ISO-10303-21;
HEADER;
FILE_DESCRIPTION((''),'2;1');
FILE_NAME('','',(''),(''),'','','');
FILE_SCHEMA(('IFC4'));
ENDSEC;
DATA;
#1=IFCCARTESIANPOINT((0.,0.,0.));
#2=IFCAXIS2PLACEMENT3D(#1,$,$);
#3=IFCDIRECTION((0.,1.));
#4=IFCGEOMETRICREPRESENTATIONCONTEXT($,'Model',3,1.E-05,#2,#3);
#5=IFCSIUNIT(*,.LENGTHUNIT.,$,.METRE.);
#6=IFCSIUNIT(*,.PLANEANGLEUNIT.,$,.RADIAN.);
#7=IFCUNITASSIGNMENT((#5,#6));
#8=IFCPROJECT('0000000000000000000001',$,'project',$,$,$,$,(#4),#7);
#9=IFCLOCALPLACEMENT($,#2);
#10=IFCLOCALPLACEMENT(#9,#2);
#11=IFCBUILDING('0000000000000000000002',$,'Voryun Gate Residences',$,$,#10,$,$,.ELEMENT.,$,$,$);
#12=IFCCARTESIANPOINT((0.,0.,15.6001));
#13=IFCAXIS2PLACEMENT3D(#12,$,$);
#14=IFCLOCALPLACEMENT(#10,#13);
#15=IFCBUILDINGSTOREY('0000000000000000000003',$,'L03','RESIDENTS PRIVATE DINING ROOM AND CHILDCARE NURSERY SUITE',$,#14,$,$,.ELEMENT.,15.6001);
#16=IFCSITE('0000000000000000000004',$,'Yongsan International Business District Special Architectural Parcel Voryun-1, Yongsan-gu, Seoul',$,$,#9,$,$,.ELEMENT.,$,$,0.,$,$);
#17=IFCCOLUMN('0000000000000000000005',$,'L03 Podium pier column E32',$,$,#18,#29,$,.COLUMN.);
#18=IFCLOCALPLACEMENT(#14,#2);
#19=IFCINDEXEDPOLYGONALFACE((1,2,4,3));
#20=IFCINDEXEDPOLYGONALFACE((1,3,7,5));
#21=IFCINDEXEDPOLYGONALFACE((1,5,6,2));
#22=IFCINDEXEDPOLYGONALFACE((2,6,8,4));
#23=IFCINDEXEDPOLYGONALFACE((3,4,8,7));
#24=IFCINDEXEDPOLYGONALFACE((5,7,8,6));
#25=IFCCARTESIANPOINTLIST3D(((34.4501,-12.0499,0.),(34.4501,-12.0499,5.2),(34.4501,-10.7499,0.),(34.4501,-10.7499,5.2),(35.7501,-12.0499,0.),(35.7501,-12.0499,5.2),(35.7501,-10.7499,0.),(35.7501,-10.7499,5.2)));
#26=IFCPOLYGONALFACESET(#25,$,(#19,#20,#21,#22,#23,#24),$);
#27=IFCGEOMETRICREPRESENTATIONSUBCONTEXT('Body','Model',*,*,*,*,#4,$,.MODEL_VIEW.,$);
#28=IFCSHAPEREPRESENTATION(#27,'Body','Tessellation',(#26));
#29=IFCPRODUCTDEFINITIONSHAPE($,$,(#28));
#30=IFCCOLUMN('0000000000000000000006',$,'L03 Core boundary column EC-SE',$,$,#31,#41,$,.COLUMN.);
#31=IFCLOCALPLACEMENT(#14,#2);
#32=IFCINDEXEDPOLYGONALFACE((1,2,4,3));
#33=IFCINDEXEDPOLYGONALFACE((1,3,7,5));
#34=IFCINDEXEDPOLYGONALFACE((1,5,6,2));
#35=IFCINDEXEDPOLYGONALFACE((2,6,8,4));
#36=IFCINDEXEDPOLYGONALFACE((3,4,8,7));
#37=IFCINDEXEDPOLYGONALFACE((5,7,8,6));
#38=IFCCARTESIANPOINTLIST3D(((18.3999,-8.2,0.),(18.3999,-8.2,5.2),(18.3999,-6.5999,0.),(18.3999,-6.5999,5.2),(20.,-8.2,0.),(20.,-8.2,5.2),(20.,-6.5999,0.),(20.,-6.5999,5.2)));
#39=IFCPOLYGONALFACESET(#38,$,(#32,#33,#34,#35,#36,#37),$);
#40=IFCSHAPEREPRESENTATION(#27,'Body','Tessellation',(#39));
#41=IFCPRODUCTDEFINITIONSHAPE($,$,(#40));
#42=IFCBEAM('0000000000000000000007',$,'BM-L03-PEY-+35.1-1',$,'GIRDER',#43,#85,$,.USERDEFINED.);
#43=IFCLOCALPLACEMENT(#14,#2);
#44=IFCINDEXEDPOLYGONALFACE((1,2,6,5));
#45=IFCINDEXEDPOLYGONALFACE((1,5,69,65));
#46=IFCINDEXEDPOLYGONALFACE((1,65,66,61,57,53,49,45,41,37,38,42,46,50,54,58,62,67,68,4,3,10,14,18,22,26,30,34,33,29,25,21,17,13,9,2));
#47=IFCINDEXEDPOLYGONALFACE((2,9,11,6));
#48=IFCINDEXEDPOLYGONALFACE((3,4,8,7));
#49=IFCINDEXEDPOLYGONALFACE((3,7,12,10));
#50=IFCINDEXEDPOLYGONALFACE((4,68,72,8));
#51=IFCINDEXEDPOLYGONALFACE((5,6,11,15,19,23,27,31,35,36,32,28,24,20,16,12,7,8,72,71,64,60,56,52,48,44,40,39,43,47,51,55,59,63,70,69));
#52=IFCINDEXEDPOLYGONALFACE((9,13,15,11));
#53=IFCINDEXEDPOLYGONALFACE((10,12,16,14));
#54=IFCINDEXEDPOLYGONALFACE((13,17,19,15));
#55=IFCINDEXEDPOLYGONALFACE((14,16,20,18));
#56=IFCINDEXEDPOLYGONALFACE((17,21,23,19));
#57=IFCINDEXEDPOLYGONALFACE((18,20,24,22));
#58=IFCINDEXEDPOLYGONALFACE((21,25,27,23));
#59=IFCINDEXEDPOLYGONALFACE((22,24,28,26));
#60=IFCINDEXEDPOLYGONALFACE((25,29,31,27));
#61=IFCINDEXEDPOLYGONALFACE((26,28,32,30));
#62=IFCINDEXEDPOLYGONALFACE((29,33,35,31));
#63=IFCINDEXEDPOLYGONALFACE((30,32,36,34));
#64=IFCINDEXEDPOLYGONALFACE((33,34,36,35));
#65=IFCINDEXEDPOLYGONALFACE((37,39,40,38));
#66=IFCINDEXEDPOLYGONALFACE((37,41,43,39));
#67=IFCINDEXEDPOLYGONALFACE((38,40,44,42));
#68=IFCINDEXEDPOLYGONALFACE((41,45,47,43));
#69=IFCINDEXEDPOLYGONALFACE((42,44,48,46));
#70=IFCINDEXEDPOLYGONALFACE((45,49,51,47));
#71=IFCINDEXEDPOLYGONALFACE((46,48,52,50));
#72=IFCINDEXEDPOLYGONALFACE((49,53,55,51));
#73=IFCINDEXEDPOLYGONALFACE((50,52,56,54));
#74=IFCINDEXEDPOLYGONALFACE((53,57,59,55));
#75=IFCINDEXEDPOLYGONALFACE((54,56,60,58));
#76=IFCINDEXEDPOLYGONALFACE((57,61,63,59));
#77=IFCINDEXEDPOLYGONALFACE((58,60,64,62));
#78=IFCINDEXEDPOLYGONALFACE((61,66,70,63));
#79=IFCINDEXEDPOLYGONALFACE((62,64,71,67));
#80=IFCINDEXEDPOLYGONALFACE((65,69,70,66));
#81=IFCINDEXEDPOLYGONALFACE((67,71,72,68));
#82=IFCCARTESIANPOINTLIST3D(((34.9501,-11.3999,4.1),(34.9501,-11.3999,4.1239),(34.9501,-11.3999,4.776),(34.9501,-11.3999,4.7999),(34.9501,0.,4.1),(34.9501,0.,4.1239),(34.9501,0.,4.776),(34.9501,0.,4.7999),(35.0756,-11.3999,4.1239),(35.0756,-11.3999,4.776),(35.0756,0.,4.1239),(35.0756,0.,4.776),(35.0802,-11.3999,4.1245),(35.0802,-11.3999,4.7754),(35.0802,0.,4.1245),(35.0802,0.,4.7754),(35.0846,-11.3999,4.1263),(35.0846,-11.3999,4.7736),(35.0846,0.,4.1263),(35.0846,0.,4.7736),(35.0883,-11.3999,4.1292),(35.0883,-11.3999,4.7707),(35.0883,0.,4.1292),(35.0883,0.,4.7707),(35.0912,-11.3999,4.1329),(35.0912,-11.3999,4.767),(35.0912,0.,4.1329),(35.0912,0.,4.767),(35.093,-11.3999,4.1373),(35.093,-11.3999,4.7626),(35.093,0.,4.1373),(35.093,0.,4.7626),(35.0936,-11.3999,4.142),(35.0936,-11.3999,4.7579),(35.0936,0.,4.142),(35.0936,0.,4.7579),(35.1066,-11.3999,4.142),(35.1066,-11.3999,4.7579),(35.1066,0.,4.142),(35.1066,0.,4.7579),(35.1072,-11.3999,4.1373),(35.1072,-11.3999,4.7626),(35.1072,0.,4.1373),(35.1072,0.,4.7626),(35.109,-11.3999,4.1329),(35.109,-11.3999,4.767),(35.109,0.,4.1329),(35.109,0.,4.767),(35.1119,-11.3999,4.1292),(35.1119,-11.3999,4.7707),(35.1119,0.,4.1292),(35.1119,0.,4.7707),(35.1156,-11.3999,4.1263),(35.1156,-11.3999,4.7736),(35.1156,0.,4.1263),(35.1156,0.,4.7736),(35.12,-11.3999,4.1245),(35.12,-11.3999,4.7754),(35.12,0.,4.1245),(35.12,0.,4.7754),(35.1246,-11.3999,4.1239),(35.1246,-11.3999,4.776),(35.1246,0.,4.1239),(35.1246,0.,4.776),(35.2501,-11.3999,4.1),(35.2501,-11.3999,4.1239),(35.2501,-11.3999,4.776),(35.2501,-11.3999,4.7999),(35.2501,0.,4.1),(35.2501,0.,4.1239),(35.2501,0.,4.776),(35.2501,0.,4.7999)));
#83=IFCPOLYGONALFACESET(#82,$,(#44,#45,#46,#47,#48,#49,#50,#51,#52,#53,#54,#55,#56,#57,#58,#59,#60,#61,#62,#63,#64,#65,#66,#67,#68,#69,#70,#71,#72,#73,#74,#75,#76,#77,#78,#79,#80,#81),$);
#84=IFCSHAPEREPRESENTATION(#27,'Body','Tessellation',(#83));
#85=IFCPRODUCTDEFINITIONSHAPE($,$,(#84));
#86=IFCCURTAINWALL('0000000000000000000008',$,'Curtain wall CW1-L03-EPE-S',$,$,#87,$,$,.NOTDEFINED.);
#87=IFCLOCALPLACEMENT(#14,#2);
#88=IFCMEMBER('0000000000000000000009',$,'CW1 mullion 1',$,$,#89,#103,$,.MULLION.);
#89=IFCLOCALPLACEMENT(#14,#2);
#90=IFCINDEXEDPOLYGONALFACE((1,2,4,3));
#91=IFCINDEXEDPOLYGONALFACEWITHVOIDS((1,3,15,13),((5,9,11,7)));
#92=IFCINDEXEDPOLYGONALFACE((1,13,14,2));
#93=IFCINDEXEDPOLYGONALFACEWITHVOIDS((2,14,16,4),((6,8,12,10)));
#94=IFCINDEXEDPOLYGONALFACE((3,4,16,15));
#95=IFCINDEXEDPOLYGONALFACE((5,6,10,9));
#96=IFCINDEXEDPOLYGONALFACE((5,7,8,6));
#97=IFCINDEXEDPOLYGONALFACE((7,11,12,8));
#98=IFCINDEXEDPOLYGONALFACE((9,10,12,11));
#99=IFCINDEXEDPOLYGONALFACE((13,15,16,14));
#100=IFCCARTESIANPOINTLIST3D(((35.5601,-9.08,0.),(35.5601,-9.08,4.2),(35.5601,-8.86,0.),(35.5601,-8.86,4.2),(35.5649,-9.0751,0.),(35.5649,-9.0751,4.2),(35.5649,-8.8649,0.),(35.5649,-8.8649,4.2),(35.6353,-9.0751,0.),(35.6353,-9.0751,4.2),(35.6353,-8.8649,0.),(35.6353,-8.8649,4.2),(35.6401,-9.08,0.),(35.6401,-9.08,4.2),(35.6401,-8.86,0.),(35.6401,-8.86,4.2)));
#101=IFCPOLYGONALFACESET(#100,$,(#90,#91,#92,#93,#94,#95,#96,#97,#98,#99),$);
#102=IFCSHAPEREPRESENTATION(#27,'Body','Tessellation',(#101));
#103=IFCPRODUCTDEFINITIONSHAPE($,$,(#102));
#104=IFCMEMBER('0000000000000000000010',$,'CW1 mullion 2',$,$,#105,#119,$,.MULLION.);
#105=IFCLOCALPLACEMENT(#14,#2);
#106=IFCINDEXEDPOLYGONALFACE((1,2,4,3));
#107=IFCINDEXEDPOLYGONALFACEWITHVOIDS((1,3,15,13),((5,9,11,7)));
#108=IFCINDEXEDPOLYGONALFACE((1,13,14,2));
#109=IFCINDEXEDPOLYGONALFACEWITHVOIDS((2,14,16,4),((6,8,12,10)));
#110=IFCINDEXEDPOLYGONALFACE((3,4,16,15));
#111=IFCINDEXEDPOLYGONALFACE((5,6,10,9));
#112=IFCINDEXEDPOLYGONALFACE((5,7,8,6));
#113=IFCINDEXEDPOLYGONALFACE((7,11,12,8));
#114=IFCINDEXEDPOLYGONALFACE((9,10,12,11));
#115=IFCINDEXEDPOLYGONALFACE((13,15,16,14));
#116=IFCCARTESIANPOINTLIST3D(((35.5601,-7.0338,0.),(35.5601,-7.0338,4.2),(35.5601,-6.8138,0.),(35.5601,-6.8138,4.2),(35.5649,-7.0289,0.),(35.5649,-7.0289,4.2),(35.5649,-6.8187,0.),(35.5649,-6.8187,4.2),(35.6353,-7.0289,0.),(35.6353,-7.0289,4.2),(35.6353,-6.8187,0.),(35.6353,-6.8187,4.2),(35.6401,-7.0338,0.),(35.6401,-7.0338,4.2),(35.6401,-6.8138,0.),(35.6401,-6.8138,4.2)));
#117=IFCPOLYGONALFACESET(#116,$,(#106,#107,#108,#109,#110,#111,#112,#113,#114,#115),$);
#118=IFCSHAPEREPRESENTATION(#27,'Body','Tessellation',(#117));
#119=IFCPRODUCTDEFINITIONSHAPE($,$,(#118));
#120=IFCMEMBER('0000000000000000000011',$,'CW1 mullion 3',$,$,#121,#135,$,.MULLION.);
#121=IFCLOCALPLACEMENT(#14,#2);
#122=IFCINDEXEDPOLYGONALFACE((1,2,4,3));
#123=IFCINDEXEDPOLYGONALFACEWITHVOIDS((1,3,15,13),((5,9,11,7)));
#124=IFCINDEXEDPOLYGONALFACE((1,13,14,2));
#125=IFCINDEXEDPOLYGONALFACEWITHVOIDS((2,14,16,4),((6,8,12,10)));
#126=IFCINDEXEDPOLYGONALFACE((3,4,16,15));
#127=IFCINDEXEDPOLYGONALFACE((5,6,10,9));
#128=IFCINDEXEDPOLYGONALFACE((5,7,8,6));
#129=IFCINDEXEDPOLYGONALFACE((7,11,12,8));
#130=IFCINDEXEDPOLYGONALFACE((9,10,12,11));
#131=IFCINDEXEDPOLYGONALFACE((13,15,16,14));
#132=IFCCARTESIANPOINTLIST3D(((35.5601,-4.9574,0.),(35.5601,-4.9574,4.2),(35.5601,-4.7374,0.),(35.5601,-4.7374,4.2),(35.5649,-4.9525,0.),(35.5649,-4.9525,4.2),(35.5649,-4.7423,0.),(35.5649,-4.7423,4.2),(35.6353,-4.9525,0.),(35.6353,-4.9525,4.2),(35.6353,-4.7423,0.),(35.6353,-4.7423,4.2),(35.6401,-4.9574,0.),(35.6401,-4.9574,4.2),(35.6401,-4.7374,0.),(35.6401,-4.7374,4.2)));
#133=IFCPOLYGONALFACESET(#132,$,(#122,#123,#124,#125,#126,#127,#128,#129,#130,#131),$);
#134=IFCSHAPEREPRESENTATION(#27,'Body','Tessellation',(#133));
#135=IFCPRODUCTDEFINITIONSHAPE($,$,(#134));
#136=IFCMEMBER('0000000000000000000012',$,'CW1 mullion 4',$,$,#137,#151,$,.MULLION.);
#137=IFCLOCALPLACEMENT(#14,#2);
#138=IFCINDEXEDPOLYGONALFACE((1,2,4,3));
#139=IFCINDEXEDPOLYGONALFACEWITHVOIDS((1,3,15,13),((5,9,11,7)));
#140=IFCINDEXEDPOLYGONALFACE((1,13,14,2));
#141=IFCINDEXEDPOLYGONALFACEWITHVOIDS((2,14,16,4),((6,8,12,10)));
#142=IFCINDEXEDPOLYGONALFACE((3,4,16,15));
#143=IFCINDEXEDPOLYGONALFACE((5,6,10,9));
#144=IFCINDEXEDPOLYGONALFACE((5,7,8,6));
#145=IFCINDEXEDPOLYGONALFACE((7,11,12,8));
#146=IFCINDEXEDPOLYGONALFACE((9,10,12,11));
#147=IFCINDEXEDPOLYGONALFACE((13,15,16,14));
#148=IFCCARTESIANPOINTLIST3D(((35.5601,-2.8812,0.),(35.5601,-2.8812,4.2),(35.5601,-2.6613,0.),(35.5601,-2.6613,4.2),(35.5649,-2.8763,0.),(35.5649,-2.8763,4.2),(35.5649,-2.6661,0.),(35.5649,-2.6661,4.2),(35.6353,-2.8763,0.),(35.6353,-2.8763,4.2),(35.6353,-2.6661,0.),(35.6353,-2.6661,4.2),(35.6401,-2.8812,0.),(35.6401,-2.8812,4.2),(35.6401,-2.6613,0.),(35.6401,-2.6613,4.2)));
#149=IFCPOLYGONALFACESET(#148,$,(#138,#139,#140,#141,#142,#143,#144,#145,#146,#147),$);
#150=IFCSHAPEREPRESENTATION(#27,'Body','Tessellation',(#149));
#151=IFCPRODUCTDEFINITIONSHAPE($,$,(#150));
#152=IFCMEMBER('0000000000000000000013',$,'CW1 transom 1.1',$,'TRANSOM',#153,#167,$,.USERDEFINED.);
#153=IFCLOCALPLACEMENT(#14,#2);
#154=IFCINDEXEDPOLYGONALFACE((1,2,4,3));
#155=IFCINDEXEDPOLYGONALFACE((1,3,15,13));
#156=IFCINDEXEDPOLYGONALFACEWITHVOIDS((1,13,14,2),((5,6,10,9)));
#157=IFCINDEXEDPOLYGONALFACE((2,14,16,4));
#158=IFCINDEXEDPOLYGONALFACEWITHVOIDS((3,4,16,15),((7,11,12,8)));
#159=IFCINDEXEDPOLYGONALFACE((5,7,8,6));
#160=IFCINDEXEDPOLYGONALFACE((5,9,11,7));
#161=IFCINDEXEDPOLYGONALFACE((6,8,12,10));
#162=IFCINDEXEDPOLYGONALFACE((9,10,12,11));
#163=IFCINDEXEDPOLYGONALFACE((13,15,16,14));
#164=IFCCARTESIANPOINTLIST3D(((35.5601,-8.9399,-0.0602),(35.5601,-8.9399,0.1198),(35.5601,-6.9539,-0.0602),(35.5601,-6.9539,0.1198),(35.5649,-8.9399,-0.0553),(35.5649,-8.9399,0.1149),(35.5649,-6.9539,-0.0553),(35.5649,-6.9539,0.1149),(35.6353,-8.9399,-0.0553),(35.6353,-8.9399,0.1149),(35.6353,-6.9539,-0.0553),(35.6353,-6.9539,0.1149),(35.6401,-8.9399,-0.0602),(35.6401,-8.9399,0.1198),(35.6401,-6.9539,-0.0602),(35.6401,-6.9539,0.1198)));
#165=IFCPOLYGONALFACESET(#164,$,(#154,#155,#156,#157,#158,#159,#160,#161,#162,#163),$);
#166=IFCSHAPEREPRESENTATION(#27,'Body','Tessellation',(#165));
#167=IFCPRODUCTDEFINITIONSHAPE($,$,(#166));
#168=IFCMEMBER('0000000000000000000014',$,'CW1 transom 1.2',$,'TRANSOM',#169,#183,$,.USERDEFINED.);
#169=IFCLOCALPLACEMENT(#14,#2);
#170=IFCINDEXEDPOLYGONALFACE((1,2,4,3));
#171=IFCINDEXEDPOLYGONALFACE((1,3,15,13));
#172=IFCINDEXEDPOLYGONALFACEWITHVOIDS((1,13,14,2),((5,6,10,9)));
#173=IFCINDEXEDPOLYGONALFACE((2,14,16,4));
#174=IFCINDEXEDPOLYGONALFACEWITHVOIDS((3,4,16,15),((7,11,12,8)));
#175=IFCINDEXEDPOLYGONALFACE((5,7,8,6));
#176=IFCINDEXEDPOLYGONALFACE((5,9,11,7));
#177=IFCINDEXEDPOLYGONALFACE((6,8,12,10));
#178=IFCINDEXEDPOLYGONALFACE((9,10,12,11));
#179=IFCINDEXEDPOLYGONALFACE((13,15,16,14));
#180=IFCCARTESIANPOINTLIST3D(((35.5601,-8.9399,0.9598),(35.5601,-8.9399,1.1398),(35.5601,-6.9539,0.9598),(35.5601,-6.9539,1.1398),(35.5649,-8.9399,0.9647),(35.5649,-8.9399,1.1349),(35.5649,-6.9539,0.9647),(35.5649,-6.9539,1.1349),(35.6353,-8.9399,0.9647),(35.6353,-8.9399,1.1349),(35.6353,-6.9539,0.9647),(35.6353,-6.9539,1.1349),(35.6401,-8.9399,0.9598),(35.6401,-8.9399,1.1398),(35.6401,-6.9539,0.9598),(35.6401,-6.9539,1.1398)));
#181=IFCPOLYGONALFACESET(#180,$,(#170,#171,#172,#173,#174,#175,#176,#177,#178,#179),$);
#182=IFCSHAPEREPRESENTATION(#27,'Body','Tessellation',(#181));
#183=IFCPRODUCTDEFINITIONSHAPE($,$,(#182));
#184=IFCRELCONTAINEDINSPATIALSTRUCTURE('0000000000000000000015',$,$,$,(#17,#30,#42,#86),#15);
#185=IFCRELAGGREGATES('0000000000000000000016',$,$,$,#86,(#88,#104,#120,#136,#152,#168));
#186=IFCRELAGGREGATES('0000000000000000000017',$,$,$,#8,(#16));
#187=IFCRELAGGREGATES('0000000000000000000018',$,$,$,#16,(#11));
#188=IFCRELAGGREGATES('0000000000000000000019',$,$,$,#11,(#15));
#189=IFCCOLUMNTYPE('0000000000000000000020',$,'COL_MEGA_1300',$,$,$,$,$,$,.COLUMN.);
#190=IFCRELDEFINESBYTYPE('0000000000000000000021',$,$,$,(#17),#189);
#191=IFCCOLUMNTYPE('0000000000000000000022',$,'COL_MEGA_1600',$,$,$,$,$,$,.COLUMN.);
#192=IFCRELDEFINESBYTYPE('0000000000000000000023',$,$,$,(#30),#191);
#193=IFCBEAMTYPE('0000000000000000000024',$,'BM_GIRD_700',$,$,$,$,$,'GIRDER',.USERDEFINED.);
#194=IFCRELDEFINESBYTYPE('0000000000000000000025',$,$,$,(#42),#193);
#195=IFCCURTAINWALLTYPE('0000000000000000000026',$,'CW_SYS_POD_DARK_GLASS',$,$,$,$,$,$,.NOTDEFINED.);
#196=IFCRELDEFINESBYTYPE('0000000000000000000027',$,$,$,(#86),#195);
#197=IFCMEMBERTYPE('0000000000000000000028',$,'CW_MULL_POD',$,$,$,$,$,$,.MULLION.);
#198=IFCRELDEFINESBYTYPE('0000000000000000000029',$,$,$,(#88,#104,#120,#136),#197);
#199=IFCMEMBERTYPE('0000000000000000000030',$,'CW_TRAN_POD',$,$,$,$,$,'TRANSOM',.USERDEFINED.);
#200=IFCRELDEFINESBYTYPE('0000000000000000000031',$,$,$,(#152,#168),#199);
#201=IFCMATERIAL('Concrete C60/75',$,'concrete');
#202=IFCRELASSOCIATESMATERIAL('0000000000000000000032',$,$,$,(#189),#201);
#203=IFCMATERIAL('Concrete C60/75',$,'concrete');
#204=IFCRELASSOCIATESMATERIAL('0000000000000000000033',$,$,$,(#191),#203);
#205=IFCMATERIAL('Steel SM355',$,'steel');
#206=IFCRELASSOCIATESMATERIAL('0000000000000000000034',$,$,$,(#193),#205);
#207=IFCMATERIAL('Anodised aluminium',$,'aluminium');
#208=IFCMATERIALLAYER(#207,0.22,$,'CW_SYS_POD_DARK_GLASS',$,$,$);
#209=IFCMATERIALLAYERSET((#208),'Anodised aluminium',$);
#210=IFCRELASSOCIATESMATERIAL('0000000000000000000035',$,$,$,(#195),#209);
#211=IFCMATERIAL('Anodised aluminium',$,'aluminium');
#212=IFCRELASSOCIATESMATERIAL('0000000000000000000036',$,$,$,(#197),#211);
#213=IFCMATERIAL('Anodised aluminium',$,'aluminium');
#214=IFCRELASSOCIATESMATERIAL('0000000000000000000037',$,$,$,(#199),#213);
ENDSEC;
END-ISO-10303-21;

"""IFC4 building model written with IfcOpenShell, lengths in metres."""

from ifc_helpers import new_model, si_unit, direction, frame, origin, origin_2d, place, context, subcontext, project, spatial, rectangle, hollow_rectangle, i_section, extrude, material, layer, layer_set, material_profile, profile_set, type_object, element, aggregate, save


model = new_model("IFC4")

# Units and contexts
model_context = context("Model", 3, precision=1e-05, world=origin(), true_north=direction((0.0, 1.0)))
body_context = subcontext(model_context, "Body", "Model", "MODEL_VIEW")
ifc_project = project(units=[si_unit("LENGTHUNIT", "METRE"), si_unit("PLANEANGLEUNIT", "RADIAN")], contexts=[model_context])

# Site, building, storey
site_placement = place(None, origin())
site = spatial("IfcSite", under=ifc_project, at=site_placement, Name="Yongsan International Business District Special Architectural Parcel Voryun-1, Yongsan-gu, Seoul", CompositionType="ELEMENT", RefElevation=0.0)
building_placement = place(site_placement, origin())
building = spatial("IfcBuilding", under=site, at=building_placement, Name="Voryun Gate Residences", CompositionType="ELEMENT")
storey_placement = place(building_placement, frame((0.0, 0.0, 15.6001)))
storey = spatial("IfcBuildingStorey", under=building, at=storey_placement, Name="L03", Description="RESIDENTS PRIVATE DINING ROOM AND CHILDCARE NURSERY SUITE", CompositionType="ELEMENT", Elevation=15.6001)

# Columns
ifc_material_1 = material(Name="Concrete C60/75", Category="concrete")
ifc_material_profile_1 = material_profile(ifc_material_1, rectangle(XDim=1.3, YDim=1.3, at=origin_2d()), Name="RC-1300x1300")
ifc_profile_set_1 = profile_set([ifc_material_profile_1], Name="Concrete C60/75")
column_type_1 = type_object("IfcColumnType", Name="COL_MEGA_1300", PredefinedType="COLUMN", material=ifc_profile_set_1)
column_1_placement = place(storey_placement, frame((35.1001, -11.3999, 0.0), z_axis=(0.0, 0.0, 1.0), x_axis=(1.0, 0.0, 0.0)))
element("IfcColumn", 1, at=column_1_placement, inside=storey, type_object=column_type_1, Name="L03 Podium pier column E32", PredefinedType="COLUMN", context=body_context, shape_type="SweptSolid", body=[
    extrude(rectangle(XDim=1.3, YDim=1.3, at=origin_2d()), origin(), (0.0, 0.0, 1.0), 5.2),
])
ifc_material_2 = material(Name="Concrete C60/75", Category="concrete")
ifc_material_profile_2 = material_profile(ifc_material_2, rectangle(XDim=1.6001, YDim=1.6001, at=origin_2d()), Name="RC-1600x1600")
ifc_profile_set_2 = profile_set([ifc_material_profile_2], Name="Concrete C60/75")
column_type_2 = type_object("IfcColumnType", Name="COL_MEGA_1600", PredefinedType="COLUMN", material=ifc_profile_set_2)
column_2_placement = place(storey_placement, frame((19.2, -7.3999, 0.0), z_axis=(0.0, 0.0, 1.0), x_axis=(1.0, 0.0, 0.0)))
element("IfcColumn", 2, at=column_2_placement, inside=storey, type_object=column_type_2, Name="L03 Core boundary column EC-SE", PredefinedType="COLUMN", context=body_context, shape_type="SweptSolid", body=[
    extrude(rectangle(XDim=1.6001, YDim=1.6001, at=origin_2d()), origin(), (0.0, 0.0, 1.0), 5.2),
])

# Beam
ifc_material_3 = material(Name="Steel SM355", Category="steel")
ifc_material_profile_3 = material_profile(ifc_material_3, i_section(OverallWidth=0.3, OverallDepth=0.7, WebThickness=0.0129, FlangeThickness=0.0239, FilletRadius=0.0181, at=origin_2d()), Name="H-700x300x13x24")
ifc_profile_set_3 = profile_set([ifc_material_profile_3], Name="Steel SM355")
beam_type = type_object("IfcBeamType", Name="BM_GIRD_700", ElementType="GIRDER", PredefinedType="USERDEFINED", material=ifc_profile_set_3)
beam_placement = place(storey_placement, frame((35.1001, -11.3999, 4.45), z_axis=(0.0, 1.0, 0.0), x_axis=(-1.0, 0.0, 0.0)))
element("IfcBeam", 3, at=beam_placement, inside=storey, type_object=beam_type, Name="BM-L03-PEY-+35.1-1", ObjectType="GIRDER", PredefinedType="USERDEFINED", context=body_context, shape_type="SweptSolid", body=[
    extrude(i_section(OverallWidth=0.3, OverallDepth=0.7, WebThickness=0.0129, FlangeThickness=0.0239, FilletRadius=0.0181, at=origin_2d()), origin(), (0.0, 0.0, 1.0), 11.3999),
])

# Curtain wall, members
ifc_material_4 = material(Name="Anodised aluminium", Category="aluminium")
ifc_layer_1 = layer(ifc_material_4, 0.22, Name="CW_SYS_POD_DARK_GLASS")
ifc_layer_set_1 = layer_set([ifc_layer_1], Name="Anodised aluminium")
curtain_wall_type = type_object("IfcCurtainWallType", Name="CW_SYS_POD_DARK_GLASS", PredefinedType="NOTDEFINED", material=ifc_layer_set_1)
curtain_wall_placement = place(storey_placement, origin())
curtain_wall = element("IfcCurtainWall", 4, at=curtain_wall_placement, inside=storey, type_object=curtain_wall_type, Name="Curtain wall CW1-L03-EPE-S", PredefinedType="NOTDEFINED")
ifc_material_5 = material(Name="Anodised aluminium", Category="aluminium")
ifc_material_profile_4 = material_profile(ifc_material_5, hollow_rectangle(XDim=0.0801, YDim=0.22, WallThickness=0.0049, at=origin_2d()), Name="ALU-MULL-220x80x5")
ifc_profile_set_4 = profile_set([ifc_material_profile_4], Name="Anodised aluminium")
member_type_1 = type_object("IfcMemberType", Name="CW_MULL_POD", PredefinedType="MULLION", material=ifc_profile_set_4)
member_1_placement = place(storey_placement, frame((35.6001, -8.97, 0.0), z_axis=(0.0, 0.0, 1.0), x_axis=(-1.0, 0.0, 0.0)))
member_1 = element("IfcMember", 5, at=member_1_placement, type_object=member_type_1, Name="CW1 mullion 1", PredefinedType="MULLION", context=body_context, shape_type="SweptSolid", body=[
    extrude(hollow_rectangle(XDim=0.0801, YDim=0.22, WallThickness=0.0049, at=origin_2d()), origin(), (0.0, 0.0, 1.0), 4.2),
])
member_2_placement = place(storey_placement, frame((35.6001, -6.9238, 0.0), z_axis=(0.0, 0.0, 1.0), x_axis=(-1.0, 0.0, 0.0)))
member_2 = element("IfcMember", 6, at=member_2_placement, type_object=member_type_1, Name="CW1 mullion 2", PredefinedType="MULLION", context=body_context, shape_type="SweptSolid", body=[
    extrude(hollow_rectangle(XDim=0.0801, YDim=0.22, WallThickness=0.0049, at=origin_2d()), origin(), (0.0, 0.0, 1.0), 4.2),
])
member_3_placement = place(storey_placement, frame((35.6001, -4.8474, 0.0), z_axis=(0.0, 0.0, 1.0), x_axis=(-1.0, 0.0, 0.0)))
member_3 = element("IfcMember", 7, at=member_3_placement, type_object=member_type_1, Name="CW1 mullion 3", PredefinedType="MULLION", context=body_context, shape_type="SweptSolid", body=[
    extrude(hollow_rectangle(XDim=0.0801, YDim=0.22, WallThickness=0.0049, at=origin_2d()), origin(), (0.0, 0.0, 1.0), 4.2),
])
member_4_placement = place(storey_placement, frame((35.6001, -2.7712, 0.0), z_axis=(0.0, 0.0, 1.0), x_axis=(-1.0, 0.0, 0.0)))
member_4 = element("IfcMember", 8, at=member_4_placement, type_object=member_type_1, Name="CW1 mullion 4", PredefinedType="MULLION", context=body_context, shape_type="SweptSolid", body=[
    extrude(hollow_rectangle(XDim=0.0801, YDim=0.22, WallThickness=0.0049, at=origin_2d()), origin(), (0.0, 0.0, 1.0), 4.2),
])
ifc_material_6 = material(Name="Anodised aluminium", Category="aluminium")
ifc_material_profile_5 = material_profile(ifc_material_6, hollow_rectangle(XDim=0.0801, YDim=0.1799, WallThickness=0.0049, at=origin_2d()), Name="ALU-TRAN-180x80x5")
ifc_profile_set_5 = profile_set([ifc_material_profile_5], Name="Anodised aluminium")
member_type_2 = type_object("IfcMemberType", Name="CW_TRAN_POD", ElementType="TRANSOM", PredefinedType="USERDEFINED", material=ifc_profile_set_5)
member_5_placement = place(storey_placement, frame((35.6001, -8.9399, 0.0298), z_axis=(0.0, 1.0, 0.0), x_axis=(-1.0, 0.0, 0.0)))
member_5 = element("IfcMember", 9, at=member_5_placement, type_object=member_type_2, Name="CW1 transom 1.1", ObjectType="TRANSOM", PredefinedType="USERDEFINED", context=body_context, shape_type="SweptSolid", body=[
    extrude(hollow_rectangle(XDim=0.0801, YDim=0.1799, WallThickness=0.0049, at=origin_2d()), origin(), (0.0, 0.0, 1.0), 1.9861),
])
member_6_placement = place(storey_placement, frame((35.6001, -8.9399, 1.0498), z_axis=(0.0, 1.0, 0.0), x_axis=(-1.0, 0.0, 0.0)))
member_6 = element("IfcMember", 10, at=member_6_placement, type_object=member_type_2, Name="CW1 transom 1.2", ObjectType="TRANSOM", PredefinedType="USERDEFINED", context=body_context, shape_type="SweptSolid", body=[
    extrude(hollow_rectangle(XDim=0.0801, YDim=0.1799, WallThickness=0.0049, at=origin_2d()), origin(), (0.0, 0.0, 1.0), 1.9861),
])
aggregate(curtain_wall, [member_1, member_2, member_3, member_4, member_5, member_6])

save(model, "model.ifc")
